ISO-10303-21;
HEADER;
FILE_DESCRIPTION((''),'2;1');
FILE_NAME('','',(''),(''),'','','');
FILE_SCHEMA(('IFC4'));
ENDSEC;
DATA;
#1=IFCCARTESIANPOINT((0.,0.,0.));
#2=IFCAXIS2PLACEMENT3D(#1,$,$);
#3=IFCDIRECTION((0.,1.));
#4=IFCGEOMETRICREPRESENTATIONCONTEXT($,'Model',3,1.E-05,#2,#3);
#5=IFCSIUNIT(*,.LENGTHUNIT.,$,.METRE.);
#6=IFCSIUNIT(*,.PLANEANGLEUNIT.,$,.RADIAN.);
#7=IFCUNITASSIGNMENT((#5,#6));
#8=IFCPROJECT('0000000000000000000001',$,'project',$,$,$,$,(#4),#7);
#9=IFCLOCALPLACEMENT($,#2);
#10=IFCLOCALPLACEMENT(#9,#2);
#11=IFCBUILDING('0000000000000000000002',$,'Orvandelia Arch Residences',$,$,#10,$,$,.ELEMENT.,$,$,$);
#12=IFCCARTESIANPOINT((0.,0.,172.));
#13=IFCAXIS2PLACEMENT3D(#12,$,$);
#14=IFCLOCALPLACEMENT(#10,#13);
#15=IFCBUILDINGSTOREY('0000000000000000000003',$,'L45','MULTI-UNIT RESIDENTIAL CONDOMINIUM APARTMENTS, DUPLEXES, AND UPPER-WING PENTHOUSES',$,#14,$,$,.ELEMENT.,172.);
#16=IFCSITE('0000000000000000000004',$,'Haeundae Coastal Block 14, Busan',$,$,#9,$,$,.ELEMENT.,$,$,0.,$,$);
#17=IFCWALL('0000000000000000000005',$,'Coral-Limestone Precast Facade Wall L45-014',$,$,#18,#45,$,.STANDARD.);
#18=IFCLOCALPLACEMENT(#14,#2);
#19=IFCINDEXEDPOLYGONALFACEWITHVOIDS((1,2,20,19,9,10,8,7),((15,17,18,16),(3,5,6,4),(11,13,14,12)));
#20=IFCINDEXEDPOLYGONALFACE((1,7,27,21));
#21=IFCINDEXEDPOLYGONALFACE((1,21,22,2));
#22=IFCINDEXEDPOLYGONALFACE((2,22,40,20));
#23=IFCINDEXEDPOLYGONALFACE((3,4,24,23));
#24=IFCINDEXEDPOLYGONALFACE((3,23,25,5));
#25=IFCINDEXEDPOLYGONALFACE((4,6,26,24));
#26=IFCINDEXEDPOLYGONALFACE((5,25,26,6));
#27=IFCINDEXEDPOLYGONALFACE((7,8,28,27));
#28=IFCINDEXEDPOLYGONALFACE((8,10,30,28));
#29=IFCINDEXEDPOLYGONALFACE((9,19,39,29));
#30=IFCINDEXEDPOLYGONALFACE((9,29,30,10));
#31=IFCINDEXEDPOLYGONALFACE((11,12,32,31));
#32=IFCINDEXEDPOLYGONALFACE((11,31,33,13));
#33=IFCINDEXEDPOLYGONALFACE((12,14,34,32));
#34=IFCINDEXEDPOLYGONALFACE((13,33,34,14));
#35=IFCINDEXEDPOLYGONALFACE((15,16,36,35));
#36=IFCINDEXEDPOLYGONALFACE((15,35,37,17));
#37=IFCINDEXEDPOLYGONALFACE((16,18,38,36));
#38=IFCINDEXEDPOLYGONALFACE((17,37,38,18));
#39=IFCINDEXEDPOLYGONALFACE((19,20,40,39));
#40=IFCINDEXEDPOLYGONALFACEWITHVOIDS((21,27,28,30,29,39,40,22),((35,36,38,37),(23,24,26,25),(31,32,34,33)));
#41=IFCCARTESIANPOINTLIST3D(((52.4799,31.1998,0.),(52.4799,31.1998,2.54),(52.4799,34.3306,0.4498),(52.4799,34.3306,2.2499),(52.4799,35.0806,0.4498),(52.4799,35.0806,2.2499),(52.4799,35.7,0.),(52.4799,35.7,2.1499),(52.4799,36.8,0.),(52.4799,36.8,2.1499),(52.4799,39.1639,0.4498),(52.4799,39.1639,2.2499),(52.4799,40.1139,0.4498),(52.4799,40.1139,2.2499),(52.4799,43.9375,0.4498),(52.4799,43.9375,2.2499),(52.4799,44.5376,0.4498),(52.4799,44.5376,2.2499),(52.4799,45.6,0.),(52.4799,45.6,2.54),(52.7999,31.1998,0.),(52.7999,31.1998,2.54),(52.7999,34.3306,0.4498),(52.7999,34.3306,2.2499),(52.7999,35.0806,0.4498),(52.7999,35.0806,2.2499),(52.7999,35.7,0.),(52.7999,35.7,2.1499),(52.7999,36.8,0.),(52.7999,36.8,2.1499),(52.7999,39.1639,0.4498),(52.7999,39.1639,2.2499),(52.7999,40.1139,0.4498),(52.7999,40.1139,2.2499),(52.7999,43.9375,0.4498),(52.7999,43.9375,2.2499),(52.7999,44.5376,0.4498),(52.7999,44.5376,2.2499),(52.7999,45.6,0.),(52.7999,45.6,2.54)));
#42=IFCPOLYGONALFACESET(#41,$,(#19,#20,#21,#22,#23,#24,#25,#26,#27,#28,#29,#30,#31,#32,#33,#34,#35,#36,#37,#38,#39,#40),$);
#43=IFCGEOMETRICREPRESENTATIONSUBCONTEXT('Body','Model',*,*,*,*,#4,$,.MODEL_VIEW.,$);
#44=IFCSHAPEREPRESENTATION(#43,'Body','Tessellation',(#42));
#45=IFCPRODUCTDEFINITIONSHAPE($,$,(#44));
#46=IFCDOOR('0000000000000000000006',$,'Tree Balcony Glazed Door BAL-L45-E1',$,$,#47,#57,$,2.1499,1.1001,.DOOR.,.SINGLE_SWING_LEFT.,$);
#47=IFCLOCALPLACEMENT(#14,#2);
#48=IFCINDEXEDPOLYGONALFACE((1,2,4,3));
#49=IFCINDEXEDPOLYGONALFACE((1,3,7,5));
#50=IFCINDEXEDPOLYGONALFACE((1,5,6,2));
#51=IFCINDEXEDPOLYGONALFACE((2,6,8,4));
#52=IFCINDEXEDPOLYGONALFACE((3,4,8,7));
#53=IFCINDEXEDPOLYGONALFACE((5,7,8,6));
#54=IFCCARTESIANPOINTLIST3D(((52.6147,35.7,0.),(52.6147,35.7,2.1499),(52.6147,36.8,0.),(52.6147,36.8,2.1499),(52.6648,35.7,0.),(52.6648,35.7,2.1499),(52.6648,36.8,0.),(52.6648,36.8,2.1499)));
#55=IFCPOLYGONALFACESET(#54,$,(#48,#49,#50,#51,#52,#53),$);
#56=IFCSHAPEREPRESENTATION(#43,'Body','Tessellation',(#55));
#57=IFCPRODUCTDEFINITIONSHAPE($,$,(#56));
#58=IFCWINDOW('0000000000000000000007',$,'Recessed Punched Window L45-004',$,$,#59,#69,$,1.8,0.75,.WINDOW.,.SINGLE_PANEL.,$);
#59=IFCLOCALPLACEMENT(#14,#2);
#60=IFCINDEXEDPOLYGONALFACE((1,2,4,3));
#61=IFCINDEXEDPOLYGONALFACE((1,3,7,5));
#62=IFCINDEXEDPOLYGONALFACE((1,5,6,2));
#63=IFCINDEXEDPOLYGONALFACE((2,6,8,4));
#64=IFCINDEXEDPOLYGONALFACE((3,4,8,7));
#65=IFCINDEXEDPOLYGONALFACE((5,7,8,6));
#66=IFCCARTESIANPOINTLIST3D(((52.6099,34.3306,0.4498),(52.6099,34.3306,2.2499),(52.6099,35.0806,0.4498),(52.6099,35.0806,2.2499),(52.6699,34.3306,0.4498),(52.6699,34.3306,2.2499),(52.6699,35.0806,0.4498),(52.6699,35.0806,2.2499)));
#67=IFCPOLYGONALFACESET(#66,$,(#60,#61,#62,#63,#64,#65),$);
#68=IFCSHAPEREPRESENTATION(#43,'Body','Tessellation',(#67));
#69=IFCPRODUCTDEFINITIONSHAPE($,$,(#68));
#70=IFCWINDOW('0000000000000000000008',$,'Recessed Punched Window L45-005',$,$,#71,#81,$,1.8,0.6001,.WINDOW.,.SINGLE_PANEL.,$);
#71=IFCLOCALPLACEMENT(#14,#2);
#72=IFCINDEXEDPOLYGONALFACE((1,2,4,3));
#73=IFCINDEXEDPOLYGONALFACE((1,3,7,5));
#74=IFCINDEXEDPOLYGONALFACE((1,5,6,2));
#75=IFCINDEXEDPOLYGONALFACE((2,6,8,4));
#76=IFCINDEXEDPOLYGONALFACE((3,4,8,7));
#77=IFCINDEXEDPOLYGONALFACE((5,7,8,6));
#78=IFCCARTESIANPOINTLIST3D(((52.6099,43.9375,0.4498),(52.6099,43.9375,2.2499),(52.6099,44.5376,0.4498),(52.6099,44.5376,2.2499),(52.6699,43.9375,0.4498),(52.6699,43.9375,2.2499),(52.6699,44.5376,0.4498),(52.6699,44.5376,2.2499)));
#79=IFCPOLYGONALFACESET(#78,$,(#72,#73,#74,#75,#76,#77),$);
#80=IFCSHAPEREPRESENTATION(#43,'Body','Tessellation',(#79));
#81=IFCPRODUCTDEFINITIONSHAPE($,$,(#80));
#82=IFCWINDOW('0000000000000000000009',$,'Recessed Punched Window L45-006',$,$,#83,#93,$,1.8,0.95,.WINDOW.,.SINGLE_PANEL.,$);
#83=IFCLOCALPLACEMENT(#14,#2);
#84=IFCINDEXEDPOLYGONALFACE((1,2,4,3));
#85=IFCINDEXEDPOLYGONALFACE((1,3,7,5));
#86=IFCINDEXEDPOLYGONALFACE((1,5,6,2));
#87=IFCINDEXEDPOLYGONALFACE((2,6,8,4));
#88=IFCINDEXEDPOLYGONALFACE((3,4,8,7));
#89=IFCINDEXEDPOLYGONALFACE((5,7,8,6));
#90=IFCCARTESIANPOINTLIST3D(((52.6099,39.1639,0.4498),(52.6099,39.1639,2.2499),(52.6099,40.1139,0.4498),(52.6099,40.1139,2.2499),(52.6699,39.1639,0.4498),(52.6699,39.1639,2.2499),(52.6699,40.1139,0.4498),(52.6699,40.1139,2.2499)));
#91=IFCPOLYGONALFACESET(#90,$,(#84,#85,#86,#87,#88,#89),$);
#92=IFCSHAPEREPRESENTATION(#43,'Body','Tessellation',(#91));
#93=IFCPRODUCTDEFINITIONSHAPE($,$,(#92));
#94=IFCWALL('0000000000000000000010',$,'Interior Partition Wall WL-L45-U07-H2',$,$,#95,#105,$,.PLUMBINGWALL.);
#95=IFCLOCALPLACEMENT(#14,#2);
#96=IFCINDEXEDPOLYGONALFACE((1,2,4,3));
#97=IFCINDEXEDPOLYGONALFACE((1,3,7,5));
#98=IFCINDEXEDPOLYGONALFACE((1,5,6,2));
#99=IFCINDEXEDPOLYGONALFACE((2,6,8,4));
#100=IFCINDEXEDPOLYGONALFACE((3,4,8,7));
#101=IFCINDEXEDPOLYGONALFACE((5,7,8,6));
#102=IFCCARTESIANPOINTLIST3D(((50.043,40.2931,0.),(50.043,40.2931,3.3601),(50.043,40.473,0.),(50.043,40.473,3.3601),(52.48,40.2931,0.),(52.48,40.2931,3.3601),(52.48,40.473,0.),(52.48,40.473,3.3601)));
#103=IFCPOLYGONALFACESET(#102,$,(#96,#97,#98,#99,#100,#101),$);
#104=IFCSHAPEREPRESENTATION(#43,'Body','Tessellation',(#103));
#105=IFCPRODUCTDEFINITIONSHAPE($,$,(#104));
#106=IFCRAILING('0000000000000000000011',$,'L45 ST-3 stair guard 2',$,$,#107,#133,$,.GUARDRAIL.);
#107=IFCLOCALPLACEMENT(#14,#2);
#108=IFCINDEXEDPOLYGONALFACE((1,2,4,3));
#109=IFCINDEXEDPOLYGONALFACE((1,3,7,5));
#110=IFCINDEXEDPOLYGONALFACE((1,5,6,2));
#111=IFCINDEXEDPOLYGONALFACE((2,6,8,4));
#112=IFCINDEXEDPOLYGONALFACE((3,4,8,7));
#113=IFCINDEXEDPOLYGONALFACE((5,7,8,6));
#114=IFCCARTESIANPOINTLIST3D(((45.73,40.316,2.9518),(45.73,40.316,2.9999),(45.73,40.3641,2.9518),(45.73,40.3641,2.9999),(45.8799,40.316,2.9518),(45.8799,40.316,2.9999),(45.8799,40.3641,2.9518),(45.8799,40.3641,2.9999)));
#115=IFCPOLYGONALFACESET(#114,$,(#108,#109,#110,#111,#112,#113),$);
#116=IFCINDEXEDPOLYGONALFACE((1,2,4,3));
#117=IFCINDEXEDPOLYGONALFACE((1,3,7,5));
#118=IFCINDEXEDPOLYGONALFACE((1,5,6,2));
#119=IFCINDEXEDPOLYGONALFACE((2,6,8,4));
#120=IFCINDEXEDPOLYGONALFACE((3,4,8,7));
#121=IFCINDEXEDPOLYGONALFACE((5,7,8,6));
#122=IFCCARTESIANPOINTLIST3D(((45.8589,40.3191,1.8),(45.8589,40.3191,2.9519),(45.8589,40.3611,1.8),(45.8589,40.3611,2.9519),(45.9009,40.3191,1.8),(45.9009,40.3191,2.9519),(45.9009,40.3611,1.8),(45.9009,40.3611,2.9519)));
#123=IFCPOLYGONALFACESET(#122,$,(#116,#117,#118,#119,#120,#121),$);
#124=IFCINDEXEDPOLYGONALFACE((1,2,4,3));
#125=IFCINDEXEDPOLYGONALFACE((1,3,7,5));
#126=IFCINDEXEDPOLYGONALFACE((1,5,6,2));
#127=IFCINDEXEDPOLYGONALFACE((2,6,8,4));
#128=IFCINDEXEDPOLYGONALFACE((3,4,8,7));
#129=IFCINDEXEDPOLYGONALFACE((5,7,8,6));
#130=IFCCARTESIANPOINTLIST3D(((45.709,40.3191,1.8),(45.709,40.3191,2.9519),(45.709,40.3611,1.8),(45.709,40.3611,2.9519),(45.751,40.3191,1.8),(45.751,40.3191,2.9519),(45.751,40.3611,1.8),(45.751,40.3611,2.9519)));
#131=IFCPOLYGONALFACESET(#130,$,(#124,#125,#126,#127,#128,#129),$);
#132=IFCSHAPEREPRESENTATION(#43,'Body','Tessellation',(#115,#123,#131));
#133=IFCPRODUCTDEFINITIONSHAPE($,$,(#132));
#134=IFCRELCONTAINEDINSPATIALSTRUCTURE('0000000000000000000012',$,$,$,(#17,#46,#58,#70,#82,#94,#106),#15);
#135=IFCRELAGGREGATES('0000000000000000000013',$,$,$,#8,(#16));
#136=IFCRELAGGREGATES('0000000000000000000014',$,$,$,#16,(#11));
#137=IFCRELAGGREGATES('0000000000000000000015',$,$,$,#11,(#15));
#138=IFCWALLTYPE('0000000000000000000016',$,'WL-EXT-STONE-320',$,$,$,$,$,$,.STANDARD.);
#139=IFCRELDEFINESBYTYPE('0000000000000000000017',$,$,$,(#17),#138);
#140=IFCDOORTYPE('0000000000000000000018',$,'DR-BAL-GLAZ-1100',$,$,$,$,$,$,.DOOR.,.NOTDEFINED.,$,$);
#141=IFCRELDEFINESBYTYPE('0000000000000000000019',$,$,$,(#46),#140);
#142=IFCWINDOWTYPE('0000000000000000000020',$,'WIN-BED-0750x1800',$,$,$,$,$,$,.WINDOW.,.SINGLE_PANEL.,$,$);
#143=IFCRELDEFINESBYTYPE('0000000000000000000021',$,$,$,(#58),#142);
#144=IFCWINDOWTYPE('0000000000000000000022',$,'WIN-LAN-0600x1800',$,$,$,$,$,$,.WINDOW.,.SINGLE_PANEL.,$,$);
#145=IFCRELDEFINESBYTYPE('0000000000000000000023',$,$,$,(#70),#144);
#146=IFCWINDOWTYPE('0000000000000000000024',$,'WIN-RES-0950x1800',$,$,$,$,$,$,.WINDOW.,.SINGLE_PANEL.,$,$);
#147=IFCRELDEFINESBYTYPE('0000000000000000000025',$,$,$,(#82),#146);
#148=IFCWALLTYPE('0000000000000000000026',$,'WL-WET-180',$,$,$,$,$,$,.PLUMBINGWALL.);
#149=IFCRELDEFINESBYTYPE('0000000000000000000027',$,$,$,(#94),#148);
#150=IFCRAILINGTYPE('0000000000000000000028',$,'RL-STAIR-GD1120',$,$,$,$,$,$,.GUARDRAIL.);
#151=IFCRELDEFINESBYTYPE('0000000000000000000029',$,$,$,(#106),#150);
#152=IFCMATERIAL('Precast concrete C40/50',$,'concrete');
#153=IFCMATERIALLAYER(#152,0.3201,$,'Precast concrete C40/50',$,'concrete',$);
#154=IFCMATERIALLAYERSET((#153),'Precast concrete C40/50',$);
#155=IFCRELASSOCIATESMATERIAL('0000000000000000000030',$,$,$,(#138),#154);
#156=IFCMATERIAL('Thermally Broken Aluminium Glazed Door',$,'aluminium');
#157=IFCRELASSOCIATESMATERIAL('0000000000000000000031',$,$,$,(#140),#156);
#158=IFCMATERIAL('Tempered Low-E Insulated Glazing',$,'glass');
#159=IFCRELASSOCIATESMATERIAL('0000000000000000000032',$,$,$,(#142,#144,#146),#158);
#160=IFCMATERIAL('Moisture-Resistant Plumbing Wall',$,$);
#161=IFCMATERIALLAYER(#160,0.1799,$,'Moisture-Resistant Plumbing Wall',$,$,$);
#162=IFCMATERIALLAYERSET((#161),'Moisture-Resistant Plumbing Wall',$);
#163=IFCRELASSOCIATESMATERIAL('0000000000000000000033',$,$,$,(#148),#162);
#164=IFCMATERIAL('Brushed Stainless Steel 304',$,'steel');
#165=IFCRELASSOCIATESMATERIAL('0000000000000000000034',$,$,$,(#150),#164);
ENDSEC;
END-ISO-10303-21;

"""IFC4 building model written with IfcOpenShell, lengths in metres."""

from ifc_helpers import new_model, si_unit, direction, frame, frame_2d, origin, origin_2d, place, context, subcontext, project, spatial, rectangle, extrude, material, layer, layer_set, type_object, element, fill, save


model = new_model("IFC4")

# Units and contexts
model_context = context("Model", 3, precision=1e-05, world=origin(), true_north=direction((0.0, 1.0)))
body_context = subcontext(model_context, "Body", "Model", "MODEL_VIEW")
ifc_project = project(units=[si_unit("LENGTHUNIT", "METRE"), si_unit("PLANEANGLEUNIT", "RADIAN")], contexts=[model_context])

# Site, building, storey
site_placement = place(None, origin())
site = spatial("IfcSite", under=ifc_project, at=site_placement, Name="Haeundae Coastal Block 14, Busan", CompositionType="ELEMENT", RefElevation=0.0)
building_placement = place(site_placement, origin())
building = spatial("IfcBuilding", under=site, at=building_placement, Name="Orvandelia Arch Residences", CompositionType="ELEMENT")
storey_placement = place(building_placement, frame((0.0, 0.0, 172.0)))
storey = spatial("IfcBuildingStorey", under=building, at=storey_placement, Name="L45", Description="MULTI-UNIT RESIDENTIAL CONDOMINIUM APARTMENTS, DUPLEXES, AND UPPER-WING PENTHOUSES", CompositionType="ELEMENT", Elevation=172.0)

# Shared definitions
ifc_material_1 = material(Name="Precast concrete C40/50", Category="concrete")
ifc_layer_1 = layer(ifc_material_1, 0.3201, Name="Precast concrete C40/50", Category="concrete")
ifc_layer_set_1 = layer_set([ifc_layer_1], Name="Precast concrete C40/50")
wall_type_1 = type_object("IfcWallType", Name="WL-EXT-STONE-320", PredefinedType="STANDARD", material=ifc_layer_set_1)

# Wall, openings, door, windows
wall_1_placement = place(storey_placement, frame((52.6399, 45.6001, 0.0), z_axis=(0.0, 0.0, 1.0), x_axis=(0.0, -1.0, 0.0)))
wall_1 = element("IfcWall", 1, at=wall_1_placement, inside=storey, type_object=wall_type_1, Name="Coral-Limestone Precast Facade Wall L45-014", PredefinedType="STANDARD", context=body_context, shape_type="SweptSolid", body=[
    extrude(rectangle(XDim=14.4001, YDim=0.3201, at=frame_2d((7.2002, 0.0))), origin(), (0.0, 0.0, 1.0), 2.54),
])
opening_1_placement = place(wall_1_placement, frame((8.8, 0.0, 0.0)))
opening_1 = element("IfcOpeningElement", 2, at=opening_1_placement, cuts=wall_1, PredefinedType="OPENING", context=body_context, shape_type="SweptSolid", body=[
    extrude(rectangle(XDim=1.1001, YDim=2.1499, at=frame_2d((0.55, 1.075))), frame((0.0, 0.1699, 0.0), z_axis=(0.0, -1.0, 0.0), x_axis=(1.0, 0.0, 0.0)), (0.0, 0.0, 1.0), 0.3401),
])
opening_2_placement = place(wall_1_placement, frame((10.5195, 0.0, 0.45)))
opening_2 = element("IfcOpeningElement", 3, at=opening_2_placement, cuts=wall_1, PredefinedType="OPENING", context=body_context, shape_type="SweptSolid", body=[
    extrude(rectangle(XDim=0.75, YDim=1.8, at=frame_2d((0.375, 0.8999))), frame((0.0, 0.1699, 0.0), z_axis=(0.0, -1.0, 0.0), x_axis=(1.0, 0.0, 0.0)), (0.0, 0.0, 1.0), 0.3401),
])
opening_3_placement = place(wall_1_placement, frame((1.0625, 0.0, 0.45)))
opening_3 = element("IfcOpeningElement", 4, at=opening_3_placement, cuts=wall_1, PredefinedType="OPENING", context=body_context, shape_type="SweptSolid", body=[
    extrude(rectangle(XDim=0.6001, YDim=1.8, at=frame_2d((0.3, 0.8999))), frame((0.0, 0.1699, 0.0), z_axis=(0.0, -1.0, 0.0), x_axis=(1.0, 0.0, 0.0)), (0.0, 0.0, 1.0), 0.3401),
])
opening_4_placement = place(wall_1_placement, frame((5.4861, 0.0, 0.45)))
opening_4 = element("IfcOpeningElement", 5, at=opening_4_placement, cuts=wall_1, PredefinedType="OPENING", context=body_context, shape_type="SweptSolid", body=[
    extrude(rectangle(XDim=0.95, YDim=1.8, at=frame_2d((0.4751, 0.8999))), frame((0.0, 0.1699, 0.0), z_axis=(0.0, -1.0, 0.0), x_axis=(1.0, 0.0, 0.0)), (0.0, 0.0, 1.0), 0.3401),
])
ifc_material_2 = material(Name="Thermally Broken Aluminium Glazed Door", Category="aluminium")
door_type_1 = type_object("IfcDoorType", Name="DR-BAL-GLAZ-1100", OperationType="NOTDEFINED", PredefinedType="DOOR", material=ifc_material_2)
door_1_placement = place(opening_1_placement, origin())
door_1 = element("IfcDoor", 6, at=door_1_placement, inside=storey, type_object=door_type_1, Name="Tree Balcony Glazed Door BAL-L45-E1", OperationType="SINGLE_SWING_LEFT", OverallHeight=2.1499, OverallWidth=1.1001, PredefinedType="DOOR", context=body_context, shape_type="SweptSolid", body=[
    extrude(rectangle(XDim=1.1001, YDim=2.1499, at=frame_2d((0.55, 1.075))), frame((0.0, 0.0249, 0.0), z_axis=(0.0, -1.0, 0.0), x_axis=(1.0, 0.0, 0.0)), (0.0, 0.0, 1.0), 0.05),
])
fill(opening_1, door_1)
ifc_material_3 = material(Name="Tempered Low-E Insulated Glazing", Category="glass")
window_type_1 = type_object("IfcWindowType", Name="WIN-BED-0750x1800", PartitioningType="SINGLE_PANEL", PredefinedType="WINDOW", material=ifc_material_3)
window_1_placement = place(opening_2_placement, origin())
window_1 = element("IfcWindow", 7, at=window_1_placement, inside=storey, type_object=window_type_1, Name="Recessed Punched Window L45-004", OverallHeight=1.8, OverallWidth=0.75, PartitioningType="SINGLE_PANEL", PredefinedType="WINDOW", context=body_context, shape_type="SweptSolid", body=[
    extrude(rectangle(XDim=0.75, YDim=1.8, at=frame_2d((0.375, 0.8999))), frame((0.0, 0.03, 0.0), z_axis=(0.0, -1.0, 0.0), x_axis=(1.0, 0.0, 0.0)), (0.0, 0.0, 1.0), 0.0601),
])
fill(opening_2, window_1)
window_type_2 = type_object("IfcWindowType", Name="WIN-LAN-0600x1800", PartitioningType="SINGLE_PANEL", PredefinedType="WINDOW", material=ifc_material_3)
window_2_placement = place(opening_3_placement, origin())
window_2 = element("IfcWindow", 8, at=window_2_placement, inside=storey, type_object=window_type_2, Name="Recessed Punched Window L45-005", OverallHeight=1.8, OverallWidth=0.6001, PartitioningType="SINGLE_PANEL", PredefinedType="WINDOW", context=body_context, shape_type="SweptSolid", body=[
    extrude(rectangle(XDim=0.6001, YDim=1.8, at=frame_2d((0.3, 0.8999))), frame((0.0, 0.03, 0.0), z_axis=(0.0, -1.0, 0.0), x_axis=(1.0, 0.0, 0.0)), (0.0, 0.0, 1.0), 0.0601),
])
fill(opening_3, window_2)
window_type_3 = type_object("IfcWindowType", Name="WIN-RES-0950x1800", PartitioningType="SINGLE_PANEL", PredefinedType="WINDOW", material=ifc_material_3)
window_3_placement = place(opening_4_placement, origin())
window_3 = element("IfcWindow", 9, at=window_3_placement, inside=storey, type_object=window_type_3, Name="Recessed Punched Window L45-006", OverallHeight=1.8, OverallWidth=0.95, PartitioningType="SINGLE_PANEL", PredefinedType="WINDOW", context=body_context, shape_type="SweptSolid", body=[
    extrude(rectangle(XDim=0.95, YDim=1.8, at=frame_2d((0.4751, 0.8999))), frame((0.0, 0.03, 0.0), z_axis=(0.0, -1.0, 0.0), x_axis=(1.0, 0.0, 0.0)), (0.0, 0.0, 1.0), 0.0601),
])
fill(opening_4, window_3)

# Wall
ifc_material_4 = material(Name="Moisture-Resistant Plumbing Wall")
ifc_layer_2 = layer(ifc_material_4, 0.1799, Name="Moisture-Resistant Plumbing Wall")
ifc_layer_set_2 = layer_set([ifc_layer_2], Name="Moisture-Resistant Plumbing Wall")
wall_type_2 = type_object("IfcWallType", Name="WL-WET-180", PredefinedType="PLUMBINGWALL", material=ifc_layer_set_2)
wall_2_placement = place(storey_placement, frame((50.043, 40.3831, 0.0), z_axis=(0.0, 0.0, 1.0), x_axis=(1.0, 0.0, 0.0)))
element("IfcWall", 10, at=wall_2_placement, inside=storey, type_object=wall_type_2, Name="Interior Partition Wall WL-L45-U07-H2", PredefinedType="PLUMBINGWALL", context=body_context, shape_type="SweptSolid", body=[
    extrude(rectangle(XDim=2.437, YDim=0.1799, at=frame_2d((1.2185, 0.0))), origin(), (0.0, 0.0, 1.0), 3.3601),
])

# Railing
ifc_material_5 = material(Name="Brushed Stainless Steel 304", Category="steel")
railing_type = type_object("IfcRailingType", Name="RL-STAIR-GD1120", PredefinedType="GUARDRAIL", material=ifc_material_5)
railing_placement = place(storey_placement, frame((45.8799, 40.3401, 1.8)))
element("IfcRailing", 11, at=railing_placement, inside=storey, type_object=railing_type, Name="L45 ST-3 stair guard 2", PredefinedType="GUARDRAIL", context=body_context, shape_type="SweptSolid", body=[
    extrude(rectangle(XDim=0.0481, YDim=0.0481, at=origin_2d()), frame((0.0, 0.0, 1.1758), z_axis=(-1.0, 0.0, 0.0), x_axis=(0.0, -1.0, 0.0)), (0.0, 0.0, 1.0), 0.1499),
    extrude(rectangle(XDim=0.042, YDim=0.042, at=origin_2d()), origin(), (0.0, 0.0, 1.0), 1.1519),
    extrude(rectangle(XDim=0.042, YDim=0.042, at=origin_2d()), frame((-0.1499, 0.0, 0.0)), (0.0, 0.0, 1.0), 1.1519),
])

save(model, "model.ifc")
